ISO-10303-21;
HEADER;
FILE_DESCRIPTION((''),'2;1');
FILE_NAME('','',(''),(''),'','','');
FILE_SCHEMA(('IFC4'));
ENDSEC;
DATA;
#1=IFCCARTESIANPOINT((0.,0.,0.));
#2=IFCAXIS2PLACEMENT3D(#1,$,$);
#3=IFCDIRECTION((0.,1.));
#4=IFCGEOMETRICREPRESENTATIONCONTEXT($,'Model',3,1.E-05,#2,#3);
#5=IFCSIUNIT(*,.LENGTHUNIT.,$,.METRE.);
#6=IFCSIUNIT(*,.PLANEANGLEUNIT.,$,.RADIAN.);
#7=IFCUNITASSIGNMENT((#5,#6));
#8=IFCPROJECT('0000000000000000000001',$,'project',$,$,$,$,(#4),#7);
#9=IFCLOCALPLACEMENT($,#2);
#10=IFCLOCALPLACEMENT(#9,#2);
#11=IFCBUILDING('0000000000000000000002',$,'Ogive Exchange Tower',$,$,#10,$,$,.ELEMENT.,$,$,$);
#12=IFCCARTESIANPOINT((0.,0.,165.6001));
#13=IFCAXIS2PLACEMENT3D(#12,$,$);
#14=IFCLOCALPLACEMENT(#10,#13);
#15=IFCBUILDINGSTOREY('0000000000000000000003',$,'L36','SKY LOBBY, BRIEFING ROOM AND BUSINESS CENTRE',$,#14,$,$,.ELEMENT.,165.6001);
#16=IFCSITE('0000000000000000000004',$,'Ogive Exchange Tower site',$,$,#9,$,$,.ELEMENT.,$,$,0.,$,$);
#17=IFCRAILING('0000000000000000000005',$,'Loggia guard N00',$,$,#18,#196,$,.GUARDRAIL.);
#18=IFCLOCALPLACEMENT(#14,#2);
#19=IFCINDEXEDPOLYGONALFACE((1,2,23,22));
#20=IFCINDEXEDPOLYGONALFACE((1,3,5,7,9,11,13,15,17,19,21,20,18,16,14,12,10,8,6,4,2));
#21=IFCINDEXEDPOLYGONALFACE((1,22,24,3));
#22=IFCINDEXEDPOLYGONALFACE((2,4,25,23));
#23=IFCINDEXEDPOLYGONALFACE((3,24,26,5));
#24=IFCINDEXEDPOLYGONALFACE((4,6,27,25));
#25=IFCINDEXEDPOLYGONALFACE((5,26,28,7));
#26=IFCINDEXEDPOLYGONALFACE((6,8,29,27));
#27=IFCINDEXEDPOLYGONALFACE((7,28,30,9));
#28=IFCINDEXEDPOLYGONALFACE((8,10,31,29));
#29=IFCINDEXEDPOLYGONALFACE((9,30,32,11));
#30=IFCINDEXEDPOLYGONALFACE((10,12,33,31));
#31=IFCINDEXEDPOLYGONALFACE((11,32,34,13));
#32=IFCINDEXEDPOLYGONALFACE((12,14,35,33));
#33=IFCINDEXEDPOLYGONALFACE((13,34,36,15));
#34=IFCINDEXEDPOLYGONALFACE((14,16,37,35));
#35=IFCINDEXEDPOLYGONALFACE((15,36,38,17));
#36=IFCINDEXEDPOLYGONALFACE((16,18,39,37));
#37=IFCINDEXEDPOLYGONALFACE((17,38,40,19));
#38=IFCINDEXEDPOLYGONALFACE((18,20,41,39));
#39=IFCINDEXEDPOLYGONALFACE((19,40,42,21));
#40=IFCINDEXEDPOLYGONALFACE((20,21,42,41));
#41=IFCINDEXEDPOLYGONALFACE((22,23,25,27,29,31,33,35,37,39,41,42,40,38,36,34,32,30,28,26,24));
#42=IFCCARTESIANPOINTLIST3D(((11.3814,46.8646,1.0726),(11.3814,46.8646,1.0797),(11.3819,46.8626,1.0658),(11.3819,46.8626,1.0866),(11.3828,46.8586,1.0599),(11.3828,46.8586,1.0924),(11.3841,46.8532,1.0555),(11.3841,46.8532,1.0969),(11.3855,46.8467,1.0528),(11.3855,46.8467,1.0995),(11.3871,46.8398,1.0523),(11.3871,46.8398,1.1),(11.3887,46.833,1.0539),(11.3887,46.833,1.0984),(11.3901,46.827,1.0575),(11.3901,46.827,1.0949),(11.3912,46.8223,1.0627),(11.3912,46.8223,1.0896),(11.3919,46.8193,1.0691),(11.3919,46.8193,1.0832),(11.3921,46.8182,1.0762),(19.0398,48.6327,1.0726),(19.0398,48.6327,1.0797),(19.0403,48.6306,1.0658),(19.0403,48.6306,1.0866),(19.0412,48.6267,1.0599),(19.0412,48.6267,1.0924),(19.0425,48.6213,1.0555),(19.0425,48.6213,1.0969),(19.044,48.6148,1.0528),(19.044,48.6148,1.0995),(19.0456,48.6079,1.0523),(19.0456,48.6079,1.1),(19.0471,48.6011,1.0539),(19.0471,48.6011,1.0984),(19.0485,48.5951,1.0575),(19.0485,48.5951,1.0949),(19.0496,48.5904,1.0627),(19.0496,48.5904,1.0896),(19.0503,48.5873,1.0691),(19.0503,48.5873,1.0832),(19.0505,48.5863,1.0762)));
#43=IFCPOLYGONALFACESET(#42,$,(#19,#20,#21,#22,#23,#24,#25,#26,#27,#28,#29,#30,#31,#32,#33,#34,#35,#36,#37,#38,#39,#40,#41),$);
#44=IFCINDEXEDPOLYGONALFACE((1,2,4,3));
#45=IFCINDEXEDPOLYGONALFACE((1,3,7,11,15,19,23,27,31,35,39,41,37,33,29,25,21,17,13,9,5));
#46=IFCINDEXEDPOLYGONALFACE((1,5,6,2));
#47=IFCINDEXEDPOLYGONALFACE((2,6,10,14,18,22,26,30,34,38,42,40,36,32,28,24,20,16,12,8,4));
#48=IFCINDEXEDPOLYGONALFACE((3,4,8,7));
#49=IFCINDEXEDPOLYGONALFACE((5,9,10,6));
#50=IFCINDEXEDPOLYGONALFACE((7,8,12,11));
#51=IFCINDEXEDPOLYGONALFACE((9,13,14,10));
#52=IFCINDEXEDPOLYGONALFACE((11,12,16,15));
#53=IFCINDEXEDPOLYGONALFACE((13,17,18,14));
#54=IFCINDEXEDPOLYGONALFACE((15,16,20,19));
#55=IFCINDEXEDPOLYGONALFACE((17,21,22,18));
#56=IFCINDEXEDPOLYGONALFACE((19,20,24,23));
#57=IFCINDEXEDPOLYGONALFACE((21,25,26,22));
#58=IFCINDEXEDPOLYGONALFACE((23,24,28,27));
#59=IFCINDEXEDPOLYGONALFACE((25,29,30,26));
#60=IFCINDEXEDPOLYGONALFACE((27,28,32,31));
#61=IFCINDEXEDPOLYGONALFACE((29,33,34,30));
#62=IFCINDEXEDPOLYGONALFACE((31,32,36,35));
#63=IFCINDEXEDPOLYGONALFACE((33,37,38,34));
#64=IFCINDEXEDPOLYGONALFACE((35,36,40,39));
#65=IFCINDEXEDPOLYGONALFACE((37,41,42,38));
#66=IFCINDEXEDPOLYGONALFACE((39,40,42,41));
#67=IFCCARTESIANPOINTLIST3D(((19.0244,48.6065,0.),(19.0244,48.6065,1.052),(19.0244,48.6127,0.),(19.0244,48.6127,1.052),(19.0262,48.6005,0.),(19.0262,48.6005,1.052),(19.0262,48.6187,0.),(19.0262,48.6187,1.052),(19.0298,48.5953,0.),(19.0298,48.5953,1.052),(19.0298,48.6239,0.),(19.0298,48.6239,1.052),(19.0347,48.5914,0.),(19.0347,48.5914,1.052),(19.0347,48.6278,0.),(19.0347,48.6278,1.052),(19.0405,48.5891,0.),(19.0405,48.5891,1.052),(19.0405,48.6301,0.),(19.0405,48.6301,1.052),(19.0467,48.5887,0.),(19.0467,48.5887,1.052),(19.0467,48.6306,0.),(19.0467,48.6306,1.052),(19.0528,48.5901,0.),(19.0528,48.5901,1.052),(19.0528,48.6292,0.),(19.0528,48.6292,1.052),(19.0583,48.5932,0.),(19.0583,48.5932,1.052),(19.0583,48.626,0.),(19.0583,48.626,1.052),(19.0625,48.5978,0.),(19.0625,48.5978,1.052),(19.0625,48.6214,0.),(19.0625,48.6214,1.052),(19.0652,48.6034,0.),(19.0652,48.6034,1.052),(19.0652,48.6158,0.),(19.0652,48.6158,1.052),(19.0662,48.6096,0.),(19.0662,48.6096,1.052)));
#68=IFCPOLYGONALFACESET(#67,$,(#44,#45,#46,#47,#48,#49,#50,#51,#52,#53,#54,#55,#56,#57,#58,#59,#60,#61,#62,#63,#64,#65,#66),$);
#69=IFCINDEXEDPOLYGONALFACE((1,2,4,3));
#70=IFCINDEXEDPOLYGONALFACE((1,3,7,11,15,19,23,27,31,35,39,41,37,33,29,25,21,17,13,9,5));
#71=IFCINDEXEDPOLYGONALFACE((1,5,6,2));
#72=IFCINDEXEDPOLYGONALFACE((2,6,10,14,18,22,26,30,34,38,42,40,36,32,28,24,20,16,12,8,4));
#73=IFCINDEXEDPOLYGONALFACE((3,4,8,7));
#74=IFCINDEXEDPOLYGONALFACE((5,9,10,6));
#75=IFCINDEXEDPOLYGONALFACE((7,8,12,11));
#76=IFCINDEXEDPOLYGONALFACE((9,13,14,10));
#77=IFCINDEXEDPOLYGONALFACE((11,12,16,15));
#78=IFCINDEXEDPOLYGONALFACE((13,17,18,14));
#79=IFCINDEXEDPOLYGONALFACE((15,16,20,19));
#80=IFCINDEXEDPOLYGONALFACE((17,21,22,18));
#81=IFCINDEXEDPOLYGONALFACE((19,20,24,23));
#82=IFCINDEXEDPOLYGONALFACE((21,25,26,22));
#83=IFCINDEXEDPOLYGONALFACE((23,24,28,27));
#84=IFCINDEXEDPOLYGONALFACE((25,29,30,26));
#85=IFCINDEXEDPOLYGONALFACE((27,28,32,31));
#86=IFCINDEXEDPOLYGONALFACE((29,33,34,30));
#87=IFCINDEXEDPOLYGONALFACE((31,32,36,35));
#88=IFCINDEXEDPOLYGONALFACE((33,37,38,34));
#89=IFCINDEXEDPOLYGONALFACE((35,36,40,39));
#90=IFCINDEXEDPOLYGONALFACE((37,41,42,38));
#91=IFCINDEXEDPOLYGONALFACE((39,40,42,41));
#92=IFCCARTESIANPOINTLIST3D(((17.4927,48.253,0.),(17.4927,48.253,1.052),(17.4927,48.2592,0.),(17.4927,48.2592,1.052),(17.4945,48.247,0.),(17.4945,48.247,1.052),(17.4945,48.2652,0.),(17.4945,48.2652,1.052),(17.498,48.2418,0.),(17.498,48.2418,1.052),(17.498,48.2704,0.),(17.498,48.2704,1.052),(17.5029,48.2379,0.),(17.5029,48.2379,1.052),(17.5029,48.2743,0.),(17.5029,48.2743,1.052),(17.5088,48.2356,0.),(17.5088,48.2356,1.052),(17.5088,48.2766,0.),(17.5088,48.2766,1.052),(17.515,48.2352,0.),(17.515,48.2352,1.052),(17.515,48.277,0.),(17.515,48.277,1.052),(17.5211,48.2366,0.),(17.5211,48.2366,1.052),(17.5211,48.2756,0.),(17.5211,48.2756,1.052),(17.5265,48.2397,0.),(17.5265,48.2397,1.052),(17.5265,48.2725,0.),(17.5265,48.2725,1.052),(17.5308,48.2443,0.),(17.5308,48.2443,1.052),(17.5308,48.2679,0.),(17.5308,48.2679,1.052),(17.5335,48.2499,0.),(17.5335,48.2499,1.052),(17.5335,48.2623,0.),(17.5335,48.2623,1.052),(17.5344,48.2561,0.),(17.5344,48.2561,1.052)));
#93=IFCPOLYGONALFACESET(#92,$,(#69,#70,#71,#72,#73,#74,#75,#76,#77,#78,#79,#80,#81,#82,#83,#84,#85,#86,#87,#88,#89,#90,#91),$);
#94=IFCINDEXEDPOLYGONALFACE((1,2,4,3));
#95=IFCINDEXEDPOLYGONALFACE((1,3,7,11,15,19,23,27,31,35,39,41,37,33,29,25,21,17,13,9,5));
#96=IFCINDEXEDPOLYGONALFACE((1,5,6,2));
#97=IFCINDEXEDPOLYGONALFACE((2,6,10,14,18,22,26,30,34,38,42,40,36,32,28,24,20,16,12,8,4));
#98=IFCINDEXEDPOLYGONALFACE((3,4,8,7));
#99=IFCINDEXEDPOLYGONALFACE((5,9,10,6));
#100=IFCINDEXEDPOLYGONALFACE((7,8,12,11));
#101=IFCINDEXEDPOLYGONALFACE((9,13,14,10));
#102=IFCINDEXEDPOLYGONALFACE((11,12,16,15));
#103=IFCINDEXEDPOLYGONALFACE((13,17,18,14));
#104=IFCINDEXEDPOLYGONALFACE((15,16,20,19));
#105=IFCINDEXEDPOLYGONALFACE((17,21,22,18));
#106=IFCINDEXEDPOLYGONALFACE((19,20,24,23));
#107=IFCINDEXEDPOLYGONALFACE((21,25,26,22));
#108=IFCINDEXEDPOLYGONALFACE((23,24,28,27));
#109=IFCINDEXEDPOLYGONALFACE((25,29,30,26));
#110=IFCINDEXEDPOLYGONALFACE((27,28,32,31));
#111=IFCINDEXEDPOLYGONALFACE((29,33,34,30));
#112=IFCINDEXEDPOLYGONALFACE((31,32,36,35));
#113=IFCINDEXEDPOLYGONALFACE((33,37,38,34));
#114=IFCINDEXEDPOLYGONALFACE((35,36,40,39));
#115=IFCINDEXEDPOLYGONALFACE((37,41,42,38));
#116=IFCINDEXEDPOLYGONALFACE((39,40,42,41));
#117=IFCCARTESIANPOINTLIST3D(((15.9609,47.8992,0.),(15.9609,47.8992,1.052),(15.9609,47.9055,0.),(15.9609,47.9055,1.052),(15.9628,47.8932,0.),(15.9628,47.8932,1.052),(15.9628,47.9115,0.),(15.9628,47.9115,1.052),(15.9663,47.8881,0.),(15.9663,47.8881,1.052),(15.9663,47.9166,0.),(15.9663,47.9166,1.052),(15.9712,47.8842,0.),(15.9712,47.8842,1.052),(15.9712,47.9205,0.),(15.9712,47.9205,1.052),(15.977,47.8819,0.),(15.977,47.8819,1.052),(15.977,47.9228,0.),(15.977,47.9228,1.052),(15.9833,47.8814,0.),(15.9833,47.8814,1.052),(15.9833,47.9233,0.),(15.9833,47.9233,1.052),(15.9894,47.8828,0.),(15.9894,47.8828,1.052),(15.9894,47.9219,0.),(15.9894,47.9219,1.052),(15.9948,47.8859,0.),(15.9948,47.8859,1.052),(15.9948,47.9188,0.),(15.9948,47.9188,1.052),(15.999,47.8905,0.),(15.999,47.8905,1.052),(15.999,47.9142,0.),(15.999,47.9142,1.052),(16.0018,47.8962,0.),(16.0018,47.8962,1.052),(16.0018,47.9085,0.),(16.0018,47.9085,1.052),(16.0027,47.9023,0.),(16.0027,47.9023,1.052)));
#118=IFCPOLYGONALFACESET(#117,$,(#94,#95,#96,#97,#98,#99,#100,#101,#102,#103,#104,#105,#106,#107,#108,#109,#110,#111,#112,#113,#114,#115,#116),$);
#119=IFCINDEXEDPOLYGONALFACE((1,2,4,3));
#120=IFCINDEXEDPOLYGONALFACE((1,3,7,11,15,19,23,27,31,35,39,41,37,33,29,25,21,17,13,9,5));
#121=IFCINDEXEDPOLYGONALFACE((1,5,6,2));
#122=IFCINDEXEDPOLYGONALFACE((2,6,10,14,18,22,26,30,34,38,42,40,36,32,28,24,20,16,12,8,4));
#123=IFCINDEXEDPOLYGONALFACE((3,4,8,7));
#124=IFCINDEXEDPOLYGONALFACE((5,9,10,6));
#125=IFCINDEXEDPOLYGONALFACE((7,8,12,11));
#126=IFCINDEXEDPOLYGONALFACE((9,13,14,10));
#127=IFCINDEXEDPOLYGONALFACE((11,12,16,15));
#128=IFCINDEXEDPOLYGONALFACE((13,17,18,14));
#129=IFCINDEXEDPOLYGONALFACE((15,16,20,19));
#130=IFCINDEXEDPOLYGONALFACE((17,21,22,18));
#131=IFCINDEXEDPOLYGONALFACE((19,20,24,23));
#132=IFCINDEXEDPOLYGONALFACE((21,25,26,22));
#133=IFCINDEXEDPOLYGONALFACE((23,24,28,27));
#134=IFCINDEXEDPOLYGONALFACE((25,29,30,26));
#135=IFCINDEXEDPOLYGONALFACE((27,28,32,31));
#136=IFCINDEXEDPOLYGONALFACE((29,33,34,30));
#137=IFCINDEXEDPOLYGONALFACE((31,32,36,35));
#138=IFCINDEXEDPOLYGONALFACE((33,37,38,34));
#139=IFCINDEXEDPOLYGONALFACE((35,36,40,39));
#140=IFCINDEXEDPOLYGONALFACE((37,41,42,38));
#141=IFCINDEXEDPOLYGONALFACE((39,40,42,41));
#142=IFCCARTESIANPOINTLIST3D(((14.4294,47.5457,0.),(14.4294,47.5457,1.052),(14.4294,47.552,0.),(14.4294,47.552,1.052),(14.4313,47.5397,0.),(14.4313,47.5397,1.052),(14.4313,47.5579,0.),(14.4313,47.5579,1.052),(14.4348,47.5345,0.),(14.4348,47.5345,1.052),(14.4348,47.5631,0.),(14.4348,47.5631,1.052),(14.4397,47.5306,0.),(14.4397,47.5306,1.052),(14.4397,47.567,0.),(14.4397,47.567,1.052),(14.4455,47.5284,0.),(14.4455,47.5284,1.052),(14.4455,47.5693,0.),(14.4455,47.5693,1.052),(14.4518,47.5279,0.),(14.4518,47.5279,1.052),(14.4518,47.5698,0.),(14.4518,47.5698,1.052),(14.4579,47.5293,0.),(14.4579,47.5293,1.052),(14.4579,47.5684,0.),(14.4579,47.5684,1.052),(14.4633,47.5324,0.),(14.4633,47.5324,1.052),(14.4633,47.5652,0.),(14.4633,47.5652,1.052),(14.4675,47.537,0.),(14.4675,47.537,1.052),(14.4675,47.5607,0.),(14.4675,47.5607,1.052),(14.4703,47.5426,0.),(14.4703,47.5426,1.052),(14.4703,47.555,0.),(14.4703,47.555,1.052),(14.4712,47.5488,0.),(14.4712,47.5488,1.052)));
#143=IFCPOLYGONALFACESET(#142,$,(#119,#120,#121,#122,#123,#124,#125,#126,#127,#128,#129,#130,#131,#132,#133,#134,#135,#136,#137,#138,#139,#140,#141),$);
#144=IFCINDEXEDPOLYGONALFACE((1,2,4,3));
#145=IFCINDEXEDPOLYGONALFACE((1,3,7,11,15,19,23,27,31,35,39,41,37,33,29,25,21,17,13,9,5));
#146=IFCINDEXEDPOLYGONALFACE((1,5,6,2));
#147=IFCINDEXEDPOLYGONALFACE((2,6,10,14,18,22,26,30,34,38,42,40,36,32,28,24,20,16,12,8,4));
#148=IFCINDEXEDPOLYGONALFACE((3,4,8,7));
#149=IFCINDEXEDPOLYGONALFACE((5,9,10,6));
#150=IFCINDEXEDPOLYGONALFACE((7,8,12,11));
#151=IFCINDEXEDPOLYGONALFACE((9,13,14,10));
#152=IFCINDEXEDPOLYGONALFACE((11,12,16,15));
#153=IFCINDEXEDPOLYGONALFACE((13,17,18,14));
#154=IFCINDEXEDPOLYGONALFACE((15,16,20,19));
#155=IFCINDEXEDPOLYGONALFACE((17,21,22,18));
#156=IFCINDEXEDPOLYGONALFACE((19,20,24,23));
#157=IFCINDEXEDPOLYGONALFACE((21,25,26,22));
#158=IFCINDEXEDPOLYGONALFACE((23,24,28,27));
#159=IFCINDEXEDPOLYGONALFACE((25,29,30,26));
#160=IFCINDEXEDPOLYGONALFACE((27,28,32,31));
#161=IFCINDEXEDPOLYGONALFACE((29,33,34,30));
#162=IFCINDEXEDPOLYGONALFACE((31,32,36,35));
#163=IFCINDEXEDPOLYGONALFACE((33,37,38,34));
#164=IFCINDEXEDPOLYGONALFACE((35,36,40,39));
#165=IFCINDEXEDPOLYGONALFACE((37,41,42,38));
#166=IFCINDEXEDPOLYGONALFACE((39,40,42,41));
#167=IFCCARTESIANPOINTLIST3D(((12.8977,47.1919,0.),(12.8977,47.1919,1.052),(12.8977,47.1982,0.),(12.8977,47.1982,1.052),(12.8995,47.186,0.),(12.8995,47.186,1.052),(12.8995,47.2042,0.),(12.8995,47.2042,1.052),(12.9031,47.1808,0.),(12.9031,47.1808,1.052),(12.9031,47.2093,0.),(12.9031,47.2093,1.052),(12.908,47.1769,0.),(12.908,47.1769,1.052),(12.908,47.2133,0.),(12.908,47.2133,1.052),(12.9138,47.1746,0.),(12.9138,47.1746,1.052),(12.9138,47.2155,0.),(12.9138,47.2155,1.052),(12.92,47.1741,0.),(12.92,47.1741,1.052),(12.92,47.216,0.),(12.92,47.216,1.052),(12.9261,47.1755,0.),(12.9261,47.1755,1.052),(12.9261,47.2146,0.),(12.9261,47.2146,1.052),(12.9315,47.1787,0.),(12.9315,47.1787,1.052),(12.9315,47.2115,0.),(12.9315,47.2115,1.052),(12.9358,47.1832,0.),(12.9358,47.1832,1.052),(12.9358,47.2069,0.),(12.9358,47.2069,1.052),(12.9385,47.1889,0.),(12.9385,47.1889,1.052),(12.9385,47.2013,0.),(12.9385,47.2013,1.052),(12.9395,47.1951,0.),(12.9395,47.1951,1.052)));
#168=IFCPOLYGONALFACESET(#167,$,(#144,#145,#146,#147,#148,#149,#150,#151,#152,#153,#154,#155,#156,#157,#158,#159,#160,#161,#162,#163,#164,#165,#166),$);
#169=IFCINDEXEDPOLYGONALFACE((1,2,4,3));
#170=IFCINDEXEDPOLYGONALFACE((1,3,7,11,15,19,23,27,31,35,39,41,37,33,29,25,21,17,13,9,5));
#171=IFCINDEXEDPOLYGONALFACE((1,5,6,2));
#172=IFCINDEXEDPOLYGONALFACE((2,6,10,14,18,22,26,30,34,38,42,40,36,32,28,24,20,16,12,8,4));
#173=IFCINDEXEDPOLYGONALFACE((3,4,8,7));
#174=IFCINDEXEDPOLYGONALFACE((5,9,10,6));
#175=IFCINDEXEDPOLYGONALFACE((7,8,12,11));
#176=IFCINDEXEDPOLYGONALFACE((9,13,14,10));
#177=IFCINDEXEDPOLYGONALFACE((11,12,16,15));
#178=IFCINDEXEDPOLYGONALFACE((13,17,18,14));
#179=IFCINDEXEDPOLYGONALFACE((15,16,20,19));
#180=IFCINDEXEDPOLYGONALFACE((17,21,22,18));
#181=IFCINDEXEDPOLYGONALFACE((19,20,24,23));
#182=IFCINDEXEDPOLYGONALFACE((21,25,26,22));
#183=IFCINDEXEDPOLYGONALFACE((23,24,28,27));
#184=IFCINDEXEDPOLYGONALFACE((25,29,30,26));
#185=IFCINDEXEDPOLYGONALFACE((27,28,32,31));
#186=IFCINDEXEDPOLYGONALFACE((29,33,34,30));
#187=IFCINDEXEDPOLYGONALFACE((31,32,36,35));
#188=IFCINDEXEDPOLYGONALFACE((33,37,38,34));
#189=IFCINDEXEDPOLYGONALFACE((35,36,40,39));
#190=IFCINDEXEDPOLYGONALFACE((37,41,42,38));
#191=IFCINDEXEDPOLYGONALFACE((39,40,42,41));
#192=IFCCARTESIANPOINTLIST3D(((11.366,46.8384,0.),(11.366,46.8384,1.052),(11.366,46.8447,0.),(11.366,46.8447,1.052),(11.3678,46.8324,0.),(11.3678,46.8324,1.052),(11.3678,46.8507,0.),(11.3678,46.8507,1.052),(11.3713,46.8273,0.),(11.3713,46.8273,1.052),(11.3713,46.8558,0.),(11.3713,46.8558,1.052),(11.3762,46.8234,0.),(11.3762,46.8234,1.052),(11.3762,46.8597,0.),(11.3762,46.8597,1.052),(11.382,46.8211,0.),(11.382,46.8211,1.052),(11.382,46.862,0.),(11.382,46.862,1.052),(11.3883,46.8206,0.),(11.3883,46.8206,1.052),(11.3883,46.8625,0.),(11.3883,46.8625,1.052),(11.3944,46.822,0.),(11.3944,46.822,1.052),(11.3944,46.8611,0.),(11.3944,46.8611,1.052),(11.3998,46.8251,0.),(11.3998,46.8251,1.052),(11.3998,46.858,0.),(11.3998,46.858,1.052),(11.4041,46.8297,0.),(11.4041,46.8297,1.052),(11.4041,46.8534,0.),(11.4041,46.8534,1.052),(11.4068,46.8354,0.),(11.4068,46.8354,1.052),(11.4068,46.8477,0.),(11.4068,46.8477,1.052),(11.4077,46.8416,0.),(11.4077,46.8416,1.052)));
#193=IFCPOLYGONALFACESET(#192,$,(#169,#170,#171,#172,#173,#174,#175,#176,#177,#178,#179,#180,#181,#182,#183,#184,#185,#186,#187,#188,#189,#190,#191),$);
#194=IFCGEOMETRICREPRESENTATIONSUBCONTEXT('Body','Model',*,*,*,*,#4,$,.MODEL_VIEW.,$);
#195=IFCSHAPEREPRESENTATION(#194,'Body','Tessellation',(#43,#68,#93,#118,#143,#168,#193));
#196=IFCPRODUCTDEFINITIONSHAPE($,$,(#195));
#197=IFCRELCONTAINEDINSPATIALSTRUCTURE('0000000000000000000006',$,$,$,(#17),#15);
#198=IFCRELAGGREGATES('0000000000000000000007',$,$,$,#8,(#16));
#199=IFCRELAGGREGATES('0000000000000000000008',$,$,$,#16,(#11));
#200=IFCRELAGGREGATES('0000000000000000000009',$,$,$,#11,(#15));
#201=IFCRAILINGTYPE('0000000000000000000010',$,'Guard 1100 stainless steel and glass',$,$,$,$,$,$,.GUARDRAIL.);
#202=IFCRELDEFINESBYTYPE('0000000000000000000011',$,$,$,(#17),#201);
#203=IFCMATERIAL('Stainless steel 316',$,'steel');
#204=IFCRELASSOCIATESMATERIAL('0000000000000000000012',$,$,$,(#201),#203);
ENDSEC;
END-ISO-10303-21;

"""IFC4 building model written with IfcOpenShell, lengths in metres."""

from ifc_helpers import new_model, si_unit, direction, frame, origin, origin_2d, place, context, subcontext, project, spatial, circle, extrude, material, type_object, element, save


model = new_model("IFC4")

# Units and contexts
model_context = context("Model", 3, precision=1e-05, world=origin(), true_north=direction((0.0, 1.0)))
body_context = subcontext(model_context, "Body", "Model", "MODEL_VIEW")
ifc_project = project(units=[si_unit("LENGTHUNIT", "METRE"), si_unit("PLANEANGLEUNIT", "RADIAN")], contexts=[model_context])

# Site, building, storey
site_placement = place(None, origin())
site = spatial("IfcSite", under=ifc_project, at=site_placement, Name="Ogive Exchange Tower site", CompositionType="ELEMENT", RefElevation=0.0)
building_placement = place(site_placement, origin())
building = spatial("IfcBuilding", under=site, at=building_placement, Name="Ogive Exchange Tower", CompositionType="ELEMENT")
storey_placement = place(building_placement, frame((0.0, 0.0, 165.6001)))
storey = spatial("IfcBuildingStorey", under=building, at=storey_placement, Name="L36", Description="SKY LOBBY, BRIEFING ROOM AND BUSINESS CENTRE", CompositionType="ELEMENT", Elevation=165.6001)

# Railing
ifc_material_1 = material(Name="Stainless steel 316", Category="steel")
railing_type = type_object("IfcRailingType", Name="Guard 1100 stainless steel and glass", PredefinedType="GUARDRAIL", material=ifc_material_1)
for number, where, name in (
    (1, (19.0452, 48.6096, 0.0), "Loggia guard N00"),
):
    element("IfcRailing", number, at=place(storey_placement, frame(where)), inside=storey, type_object=railing_type, Name=name, PredefinedType="GUARDRAIL", context=body_context, shape_type="SweptSolid", body=[
        extrude(circle(Radius=0.0239, at=origin_2d()), frame((0.0, 0.0, 1.0762), z_axis=(-0.974371, -0.224948, 0.0), x_axis=(0.224948, -0.974371, 0.0)), (0.0, 0.0, 1.0), 7.8599),
        extrude(circle(Radius=0.021, at=origin_2d()), origin(), (0.0, 0.0, 1.0), 1.052),
        extrude(circle(Radius=0.021, at=origin_2d()), frame((-1.5317, -0.3535, 0.0)), (0.0, 0.0, 1.0), 1.052),
        extrude(circle(Radius=0.021, at=origin_2d()), frame((-3.0635, -0.7073, 0.0)), (0.0, 0.0, 1.0), 1.052),
        extrude(circle(Radius=0.021, at=origin_2d()), frame((-4.595, -1.0608, 0.0)), (0.0, 0.0, 1.0), 1.052),
        extrude(circle(Radius=0.021, at=origin_2d()), frame((-6.1267, -1.4146, 0.0)), (0.0, 0.0, 1.0), 1.052),
        extrude(circle(Radius=0.021, at=origin_2d()), frame((-7.6584, -1.7681, 0.0)), (0.0, 0.0, 1.0), 1.052),
    ])

save(model, "model.ifc")
